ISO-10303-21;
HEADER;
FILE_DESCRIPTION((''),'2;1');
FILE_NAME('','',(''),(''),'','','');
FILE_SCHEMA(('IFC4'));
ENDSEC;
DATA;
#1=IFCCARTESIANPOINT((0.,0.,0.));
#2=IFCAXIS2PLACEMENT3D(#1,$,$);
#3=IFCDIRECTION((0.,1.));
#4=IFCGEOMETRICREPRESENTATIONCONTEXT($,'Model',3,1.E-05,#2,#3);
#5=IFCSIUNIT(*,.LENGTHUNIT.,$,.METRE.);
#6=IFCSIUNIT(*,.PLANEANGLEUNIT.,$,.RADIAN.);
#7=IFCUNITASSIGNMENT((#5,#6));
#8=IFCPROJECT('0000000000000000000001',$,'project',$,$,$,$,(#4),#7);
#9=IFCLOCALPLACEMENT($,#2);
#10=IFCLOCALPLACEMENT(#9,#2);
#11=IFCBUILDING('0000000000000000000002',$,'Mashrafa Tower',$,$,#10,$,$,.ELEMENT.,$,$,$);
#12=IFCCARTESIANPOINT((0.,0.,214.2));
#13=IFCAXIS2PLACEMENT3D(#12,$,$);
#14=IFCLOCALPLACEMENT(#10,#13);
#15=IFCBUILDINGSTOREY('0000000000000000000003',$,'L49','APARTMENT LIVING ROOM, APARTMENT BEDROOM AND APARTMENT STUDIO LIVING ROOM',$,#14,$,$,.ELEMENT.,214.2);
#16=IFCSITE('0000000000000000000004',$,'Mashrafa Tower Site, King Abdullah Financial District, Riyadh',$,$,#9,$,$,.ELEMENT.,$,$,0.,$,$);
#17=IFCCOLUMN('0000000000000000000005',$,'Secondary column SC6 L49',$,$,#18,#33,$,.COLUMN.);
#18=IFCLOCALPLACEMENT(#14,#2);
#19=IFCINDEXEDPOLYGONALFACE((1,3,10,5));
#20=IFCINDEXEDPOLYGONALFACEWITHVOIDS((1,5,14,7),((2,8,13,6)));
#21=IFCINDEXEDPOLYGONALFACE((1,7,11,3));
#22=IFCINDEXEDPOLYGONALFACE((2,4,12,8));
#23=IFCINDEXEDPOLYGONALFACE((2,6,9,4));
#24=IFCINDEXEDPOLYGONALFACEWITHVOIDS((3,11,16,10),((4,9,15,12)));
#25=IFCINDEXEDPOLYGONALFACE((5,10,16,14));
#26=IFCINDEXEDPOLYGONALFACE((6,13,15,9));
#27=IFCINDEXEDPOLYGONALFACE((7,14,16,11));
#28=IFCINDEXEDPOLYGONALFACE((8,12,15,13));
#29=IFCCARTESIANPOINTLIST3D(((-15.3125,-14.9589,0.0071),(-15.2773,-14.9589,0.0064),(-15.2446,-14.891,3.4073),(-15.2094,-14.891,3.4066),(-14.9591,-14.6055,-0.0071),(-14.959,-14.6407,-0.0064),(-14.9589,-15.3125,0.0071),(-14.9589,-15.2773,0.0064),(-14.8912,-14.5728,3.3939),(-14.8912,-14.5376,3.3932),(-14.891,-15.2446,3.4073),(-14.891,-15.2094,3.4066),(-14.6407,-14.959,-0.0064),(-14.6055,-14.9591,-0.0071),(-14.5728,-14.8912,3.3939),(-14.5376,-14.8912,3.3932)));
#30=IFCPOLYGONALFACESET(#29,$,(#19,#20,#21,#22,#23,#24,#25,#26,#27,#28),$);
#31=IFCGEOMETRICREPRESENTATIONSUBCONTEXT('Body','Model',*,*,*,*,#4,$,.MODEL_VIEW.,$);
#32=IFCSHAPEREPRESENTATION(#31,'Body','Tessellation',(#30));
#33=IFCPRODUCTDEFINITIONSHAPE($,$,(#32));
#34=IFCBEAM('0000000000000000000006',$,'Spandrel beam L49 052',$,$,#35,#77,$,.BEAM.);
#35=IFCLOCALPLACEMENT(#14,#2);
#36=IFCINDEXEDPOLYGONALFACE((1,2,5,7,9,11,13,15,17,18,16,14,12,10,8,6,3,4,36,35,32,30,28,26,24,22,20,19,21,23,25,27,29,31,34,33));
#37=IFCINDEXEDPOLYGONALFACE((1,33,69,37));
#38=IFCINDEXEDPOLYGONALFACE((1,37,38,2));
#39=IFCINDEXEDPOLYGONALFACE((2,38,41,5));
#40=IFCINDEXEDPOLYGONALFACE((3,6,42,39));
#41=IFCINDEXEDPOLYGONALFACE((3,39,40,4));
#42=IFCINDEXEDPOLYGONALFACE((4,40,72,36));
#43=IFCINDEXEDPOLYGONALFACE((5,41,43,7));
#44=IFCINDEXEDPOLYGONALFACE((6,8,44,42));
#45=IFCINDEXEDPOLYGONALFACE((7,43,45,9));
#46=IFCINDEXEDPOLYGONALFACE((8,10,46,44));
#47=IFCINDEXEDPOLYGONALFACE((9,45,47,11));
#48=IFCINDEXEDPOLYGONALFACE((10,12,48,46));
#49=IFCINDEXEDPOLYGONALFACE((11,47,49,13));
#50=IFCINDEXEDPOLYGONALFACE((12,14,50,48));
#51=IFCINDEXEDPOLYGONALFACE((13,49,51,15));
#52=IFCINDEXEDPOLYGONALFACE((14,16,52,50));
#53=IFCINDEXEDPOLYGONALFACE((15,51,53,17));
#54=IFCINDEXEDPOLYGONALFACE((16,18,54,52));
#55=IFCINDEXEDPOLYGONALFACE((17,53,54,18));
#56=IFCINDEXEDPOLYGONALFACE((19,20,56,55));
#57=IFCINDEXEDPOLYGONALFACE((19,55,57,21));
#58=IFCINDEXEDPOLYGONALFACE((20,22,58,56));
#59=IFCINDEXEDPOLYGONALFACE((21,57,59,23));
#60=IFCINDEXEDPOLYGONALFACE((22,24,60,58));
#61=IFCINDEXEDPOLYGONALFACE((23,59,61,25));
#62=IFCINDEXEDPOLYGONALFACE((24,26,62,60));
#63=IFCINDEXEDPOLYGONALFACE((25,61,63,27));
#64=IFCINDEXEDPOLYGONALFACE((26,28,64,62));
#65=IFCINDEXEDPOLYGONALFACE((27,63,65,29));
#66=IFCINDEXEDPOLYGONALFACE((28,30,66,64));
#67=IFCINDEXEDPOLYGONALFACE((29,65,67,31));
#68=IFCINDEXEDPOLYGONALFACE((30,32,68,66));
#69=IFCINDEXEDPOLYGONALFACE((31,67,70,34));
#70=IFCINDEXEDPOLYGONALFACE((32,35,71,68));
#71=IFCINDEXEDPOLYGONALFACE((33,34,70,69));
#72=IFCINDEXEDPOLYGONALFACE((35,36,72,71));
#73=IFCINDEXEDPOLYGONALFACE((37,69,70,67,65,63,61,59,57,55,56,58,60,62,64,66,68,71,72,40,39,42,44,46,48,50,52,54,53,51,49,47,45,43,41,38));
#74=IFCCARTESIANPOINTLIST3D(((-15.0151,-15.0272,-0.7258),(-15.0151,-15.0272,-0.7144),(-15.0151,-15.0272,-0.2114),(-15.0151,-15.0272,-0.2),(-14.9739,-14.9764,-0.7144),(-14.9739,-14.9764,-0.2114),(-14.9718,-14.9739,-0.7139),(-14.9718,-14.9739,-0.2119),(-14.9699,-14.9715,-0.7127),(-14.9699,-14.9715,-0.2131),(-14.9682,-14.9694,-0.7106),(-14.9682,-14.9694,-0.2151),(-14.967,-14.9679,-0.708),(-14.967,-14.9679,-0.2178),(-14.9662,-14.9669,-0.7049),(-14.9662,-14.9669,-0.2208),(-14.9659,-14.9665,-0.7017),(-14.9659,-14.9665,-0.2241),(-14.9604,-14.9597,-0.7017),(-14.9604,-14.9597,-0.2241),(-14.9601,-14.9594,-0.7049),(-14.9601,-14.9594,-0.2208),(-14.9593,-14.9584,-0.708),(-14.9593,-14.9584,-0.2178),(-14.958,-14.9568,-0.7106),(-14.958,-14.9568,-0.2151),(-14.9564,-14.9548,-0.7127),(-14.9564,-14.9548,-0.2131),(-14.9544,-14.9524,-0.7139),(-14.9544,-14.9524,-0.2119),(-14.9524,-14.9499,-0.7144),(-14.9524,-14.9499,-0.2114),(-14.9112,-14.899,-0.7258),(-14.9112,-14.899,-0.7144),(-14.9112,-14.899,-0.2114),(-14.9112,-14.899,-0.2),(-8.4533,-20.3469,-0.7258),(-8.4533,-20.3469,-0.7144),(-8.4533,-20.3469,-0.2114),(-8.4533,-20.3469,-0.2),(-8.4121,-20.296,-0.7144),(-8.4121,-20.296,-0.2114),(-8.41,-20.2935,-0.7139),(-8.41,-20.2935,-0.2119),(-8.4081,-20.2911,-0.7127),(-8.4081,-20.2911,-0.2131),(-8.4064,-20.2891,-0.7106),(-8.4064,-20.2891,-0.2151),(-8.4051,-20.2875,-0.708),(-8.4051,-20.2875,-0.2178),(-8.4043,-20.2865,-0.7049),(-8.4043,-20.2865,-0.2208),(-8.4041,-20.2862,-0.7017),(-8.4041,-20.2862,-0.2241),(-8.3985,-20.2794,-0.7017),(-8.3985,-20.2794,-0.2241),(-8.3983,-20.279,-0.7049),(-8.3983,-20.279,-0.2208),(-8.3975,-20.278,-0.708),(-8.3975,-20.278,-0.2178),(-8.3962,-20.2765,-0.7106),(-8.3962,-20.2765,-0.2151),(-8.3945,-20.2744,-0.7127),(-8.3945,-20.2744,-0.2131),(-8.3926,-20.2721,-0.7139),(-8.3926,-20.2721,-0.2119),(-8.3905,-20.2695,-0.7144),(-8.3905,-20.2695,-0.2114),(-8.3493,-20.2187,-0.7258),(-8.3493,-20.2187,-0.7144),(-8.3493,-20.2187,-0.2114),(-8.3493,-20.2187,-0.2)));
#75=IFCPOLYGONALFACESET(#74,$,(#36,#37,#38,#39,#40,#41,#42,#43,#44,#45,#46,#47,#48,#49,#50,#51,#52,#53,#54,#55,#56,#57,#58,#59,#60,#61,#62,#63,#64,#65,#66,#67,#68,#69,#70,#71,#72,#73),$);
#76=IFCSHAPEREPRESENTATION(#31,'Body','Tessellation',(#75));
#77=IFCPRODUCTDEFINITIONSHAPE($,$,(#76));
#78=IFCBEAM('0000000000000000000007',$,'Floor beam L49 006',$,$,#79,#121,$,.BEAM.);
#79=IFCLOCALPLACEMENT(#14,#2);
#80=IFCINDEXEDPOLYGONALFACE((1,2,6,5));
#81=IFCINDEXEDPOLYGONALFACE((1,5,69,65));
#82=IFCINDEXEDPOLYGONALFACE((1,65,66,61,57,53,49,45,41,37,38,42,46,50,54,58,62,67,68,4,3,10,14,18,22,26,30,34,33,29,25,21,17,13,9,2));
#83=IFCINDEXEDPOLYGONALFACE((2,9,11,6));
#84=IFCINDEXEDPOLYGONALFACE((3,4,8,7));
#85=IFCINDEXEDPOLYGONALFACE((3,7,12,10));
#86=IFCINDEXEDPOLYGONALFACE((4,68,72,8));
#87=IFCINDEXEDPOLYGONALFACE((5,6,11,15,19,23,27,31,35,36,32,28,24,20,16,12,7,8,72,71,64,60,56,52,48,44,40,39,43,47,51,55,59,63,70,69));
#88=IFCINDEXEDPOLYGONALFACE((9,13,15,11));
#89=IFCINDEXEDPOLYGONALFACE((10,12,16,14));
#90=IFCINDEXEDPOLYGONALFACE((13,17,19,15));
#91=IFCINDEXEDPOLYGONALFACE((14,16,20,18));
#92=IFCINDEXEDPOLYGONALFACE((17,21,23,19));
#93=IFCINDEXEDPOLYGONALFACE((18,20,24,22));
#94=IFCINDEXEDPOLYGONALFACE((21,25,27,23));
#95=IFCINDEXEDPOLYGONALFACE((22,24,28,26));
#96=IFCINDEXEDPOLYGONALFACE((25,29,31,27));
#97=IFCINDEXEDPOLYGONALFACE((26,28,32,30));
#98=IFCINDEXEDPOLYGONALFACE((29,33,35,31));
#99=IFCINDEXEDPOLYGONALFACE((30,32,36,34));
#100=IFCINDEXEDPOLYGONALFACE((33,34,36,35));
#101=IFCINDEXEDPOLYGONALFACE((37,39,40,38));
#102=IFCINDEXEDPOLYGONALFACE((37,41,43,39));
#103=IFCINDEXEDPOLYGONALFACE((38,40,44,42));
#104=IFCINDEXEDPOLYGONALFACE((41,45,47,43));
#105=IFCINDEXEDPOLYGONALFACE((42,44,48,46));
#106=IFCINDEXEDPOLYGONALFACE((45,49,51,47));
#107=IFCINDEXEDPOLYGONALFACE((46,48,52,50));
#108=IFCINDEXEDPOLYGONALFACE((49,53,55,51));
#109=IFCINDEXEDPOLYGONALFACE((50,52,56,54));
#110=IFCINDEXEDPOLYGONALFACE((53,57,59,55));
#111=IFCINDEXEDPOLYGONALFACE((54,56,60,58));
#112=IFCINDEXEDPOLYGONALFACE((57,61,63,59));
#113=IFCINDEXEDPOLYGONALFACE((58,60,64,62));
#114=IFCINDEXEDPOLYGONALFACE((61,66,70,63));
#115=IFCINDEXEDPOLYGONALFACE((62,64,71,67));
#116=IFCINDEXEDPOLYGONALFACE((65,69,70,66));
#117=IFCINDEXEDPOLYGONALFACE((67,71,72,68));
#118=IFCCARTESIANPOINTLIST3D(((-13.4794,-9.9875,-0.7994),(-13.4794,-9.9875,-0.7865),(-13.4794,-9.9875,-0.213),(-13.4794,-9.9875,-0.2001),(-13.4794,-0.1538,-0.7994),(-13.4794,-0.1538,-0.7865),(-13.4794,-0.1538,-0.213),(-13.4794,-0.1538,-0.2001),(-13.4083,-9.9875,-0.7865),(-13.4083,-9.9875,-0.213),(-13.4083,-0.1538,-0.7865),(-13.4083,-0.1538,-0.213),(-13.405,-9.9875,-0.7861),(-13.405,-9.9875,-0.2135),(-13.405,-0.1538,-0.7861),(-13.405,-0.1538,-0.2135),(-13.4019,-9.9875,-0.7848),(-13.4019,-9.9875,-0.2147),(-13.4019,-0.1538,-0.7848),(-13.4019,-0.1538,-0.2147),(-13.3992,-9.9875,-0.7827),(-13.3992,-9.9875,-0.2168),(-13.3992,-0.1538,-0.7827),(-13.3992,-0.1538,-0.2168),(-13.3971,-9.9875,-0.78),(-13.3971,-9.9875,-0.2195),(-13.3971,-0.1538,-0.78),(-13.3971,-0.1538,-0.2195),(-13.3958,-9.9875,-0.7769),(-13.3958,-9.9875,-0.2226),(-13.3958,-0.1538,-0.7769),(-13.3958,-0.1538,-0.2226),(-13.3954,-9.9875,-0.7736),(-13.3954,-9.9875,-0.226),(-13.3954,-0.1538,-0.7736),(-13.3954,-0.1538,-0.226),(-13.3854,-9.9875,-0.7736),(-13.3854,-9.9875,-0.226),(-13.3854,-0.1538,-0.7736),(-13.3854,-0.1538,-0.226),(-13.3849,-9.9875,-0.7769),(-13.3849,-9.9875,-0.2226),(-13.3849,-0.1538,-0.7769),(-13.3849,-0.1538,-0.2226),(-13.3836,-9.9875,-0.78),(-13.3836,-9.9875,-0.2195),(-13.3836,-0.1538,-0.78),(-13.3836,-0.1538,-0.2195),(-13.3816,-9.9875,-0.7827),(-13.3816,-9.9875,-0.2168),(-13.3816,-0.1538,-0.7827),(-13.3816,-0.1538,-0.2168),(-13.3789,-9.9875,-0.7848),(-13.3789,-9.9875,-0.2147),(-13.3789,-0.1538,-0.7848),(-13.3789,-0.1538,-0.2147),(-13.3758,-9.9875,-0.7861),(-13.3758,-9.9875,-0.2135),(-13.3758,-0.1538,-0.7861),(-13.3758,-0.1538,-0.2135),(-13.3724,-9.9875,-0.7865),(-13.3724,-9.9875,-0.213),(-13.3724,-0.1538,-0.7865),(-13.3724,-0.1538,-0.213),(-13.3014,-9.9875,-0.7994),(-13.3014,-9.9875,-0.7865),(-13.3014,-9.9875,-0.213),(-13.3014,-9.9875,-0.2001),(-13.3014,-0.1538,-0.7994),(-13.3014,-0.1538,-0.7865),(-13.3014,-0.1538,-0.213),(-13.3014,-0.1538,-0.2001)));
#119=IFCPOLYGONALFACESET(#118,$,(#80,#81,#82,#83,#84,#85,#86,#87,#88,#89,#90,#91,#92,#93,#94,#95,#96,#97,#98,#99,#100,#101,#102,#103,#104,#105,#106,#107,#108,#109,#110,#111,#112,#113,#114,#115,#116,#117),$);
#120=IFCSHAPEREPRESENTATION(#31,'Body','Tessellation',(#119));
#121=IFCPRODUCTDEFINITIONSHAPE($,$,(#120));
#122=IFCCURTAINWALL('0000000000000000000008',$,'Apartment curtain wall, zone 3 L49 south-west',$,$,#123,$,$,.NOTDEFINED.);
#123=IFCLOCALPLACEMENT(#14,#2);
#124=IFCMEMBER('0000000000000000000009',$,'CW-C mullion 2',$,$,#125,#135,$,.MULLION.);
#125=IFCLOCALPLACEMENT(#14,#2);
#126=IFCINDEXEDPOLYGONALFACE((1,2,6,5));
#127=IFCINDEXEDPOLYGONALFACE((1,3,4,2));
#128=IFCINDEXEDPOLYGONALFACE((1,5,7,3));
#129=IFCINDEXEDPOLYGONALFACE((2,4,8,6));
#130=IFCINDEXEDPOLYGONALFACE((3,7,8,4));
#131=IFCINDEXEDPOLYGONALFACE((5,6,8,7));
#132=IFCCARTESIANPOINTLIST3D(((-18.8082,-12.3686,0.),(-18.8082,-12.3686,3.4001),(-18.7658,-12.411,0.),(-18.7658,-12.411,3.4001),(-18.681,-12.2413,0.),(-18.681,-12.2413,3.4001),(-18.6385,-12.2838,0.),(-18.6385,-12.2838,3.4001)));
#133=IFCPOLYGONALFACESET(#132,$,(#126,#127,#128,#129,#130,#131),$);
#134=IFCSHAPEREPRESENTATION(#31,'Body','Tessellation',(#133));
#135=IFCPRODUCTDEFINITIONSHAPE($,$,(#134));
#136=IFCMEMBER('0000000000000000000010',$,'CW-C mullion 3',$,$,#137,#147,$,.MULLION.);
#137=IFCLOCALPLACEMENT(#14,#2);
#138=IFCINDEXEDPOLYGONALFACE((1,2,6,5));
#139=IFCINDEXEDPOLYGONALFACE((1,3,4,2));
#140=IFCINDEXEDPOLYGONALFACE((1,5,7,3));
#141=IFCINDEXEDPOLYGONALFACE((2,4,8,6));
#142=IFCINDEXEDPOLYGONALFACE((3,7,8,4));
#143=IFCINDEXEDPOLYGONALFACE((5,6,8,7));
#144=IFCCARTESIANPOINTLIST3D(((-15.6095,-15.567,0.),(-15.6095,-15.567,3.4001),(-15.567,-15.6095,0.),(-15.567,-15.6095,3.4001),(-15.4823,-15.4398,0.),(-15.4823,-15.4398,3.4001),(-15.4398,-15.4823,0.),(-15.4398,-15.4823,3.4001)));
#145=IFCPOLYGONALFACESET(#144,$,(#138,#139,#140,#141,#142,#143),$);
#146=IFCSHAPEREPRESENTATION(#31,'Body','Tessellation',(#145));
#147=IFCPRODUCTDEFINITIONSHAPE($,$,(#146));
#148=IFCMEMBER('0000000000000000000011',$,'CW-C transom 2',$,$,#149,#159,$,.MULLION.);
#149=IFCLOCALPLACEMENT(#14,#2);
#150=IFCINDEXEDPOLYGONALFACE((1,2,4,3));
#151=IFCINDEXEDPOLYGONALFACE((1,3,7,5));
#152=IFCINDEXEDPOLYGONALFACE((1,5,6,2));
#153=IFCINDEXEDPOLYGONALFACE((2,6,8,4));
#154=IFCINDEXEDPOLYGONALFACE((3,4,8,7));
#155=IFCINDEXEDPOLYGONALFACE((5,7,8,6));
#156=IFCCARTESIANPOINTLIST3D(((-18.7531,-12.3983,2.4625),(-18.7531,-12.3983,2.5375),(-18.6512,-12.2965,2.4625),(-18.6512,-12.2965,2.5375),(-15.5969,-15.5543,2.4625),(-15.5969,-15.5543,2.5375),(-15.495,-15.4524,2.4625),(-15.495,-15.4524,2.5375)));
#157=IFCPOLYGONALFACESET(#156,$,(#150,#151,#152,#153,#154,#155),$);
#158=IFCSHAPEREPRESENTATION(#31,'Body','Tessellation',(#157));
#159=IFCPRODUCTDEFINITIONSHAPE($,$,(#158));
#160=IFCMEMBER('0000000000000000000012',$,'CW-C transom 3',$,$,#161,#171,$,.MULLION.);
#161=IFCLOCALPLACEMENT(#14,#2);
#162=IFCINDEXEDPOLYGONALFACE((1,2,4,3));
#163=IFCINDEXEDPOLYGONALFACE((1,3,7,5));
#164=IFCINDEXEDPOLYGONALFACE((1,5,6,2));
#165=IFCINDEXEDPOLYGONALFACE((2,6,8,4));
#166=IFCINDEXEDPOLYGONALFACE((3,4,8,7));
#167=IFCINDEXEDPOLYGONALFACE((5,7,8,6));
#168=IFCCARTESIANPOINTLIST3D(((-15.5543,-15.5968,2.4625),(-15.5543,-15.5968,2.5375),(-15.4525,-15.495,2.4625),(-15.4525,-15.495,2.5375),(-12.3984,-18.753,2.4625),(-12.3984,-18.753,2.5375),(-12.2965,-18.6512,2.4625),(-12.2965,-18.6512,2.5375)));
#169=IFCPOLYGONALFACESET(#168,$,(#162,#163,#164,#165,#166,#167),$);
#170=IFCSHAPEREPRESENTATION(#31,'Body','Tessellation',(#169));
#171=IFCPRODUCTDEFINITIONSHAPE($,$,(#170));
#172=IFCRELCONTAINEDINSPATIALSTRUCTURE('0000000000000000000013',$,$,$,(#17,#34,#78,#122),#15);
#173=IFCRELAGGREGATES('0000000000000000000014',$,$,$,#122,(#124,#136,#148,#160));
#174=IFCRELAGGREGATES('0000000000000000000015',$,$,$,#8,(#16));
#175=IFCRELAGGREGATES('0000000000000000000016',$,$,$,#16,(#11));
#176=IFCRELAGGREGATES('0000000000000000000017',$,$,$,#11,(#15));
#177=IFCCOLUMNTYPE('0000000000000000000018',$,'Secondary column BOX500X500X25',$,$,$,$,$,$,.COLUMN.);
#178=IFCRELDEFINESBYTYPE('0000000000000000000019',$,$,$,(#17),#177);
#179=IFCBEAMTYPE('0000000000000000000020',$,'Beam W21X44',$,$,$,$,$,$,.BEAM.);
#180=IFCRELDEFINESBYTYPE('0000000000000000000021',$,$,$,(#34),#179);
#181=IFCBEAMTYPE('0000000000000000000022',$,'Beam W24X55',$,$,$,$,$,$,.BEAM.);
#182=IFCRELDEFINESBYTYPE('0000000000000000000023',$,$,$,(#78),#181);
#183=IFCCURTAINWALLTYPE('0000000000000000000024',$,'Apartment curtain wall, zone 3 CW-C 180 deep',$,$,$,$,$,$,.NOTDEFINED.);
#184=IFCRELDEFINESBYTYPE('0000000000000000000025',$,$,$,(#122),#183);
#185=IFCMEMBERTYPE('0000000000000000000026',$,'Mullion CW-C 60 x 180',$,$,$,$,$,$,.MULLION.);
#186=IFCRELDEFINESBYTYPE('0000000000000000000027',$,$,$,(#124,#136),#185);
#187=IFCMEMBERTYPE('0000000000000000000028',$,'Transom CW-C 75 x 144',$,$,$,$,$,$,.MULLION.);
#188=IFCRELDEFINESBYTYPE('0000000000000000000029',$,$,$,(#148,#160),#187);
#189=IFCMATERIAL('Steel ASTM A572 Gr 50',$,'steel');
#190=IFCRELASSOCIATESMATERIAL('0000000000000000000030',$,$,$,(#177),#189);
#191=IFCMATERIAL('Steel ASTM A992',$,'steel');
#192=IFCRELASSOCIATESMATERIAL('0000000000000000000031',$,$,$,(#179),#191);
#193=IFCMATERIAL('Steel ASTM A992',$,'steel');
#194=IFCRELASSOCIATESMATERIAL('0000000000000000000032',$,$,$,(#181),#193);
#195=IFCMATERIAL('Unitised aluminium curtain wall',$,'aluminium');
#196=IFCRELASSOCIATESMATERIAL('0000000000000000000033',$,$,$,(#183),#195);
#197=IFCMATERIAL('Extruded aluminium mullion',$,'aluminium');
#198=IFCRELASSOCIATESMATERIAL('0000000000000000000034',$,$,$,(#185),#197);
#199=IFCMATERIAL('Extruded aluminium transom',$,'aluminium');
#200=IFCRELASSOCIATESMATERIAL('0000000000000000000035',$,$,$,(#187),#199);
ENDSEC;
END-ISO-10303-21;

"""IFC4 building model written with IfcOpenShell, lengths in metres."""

from ifc_helpers import new_model, si_unit, direction, frame, origin, origin_2d, place, context, subcontext, project, spatial, rectangle, hollow_rectangle, i_section, extrude, source, transform, mapped, material, material_profile, profile_set, type_object, type_shapes, element, aggregate, save


model = new_model("IFC4")

# Units and contexts
model_context = context("Model", 3, precision=1e-05, world=origin(), true_north=direction((0.0, 1.0)))
body_context = subcontext(model_context, "Body", "Model", "MODEL_VIEW")
ifc_project = project(units=[si_unit("LENGTHUNIT", "METRE"), si_unit("PLANEANGLEUNIT", "RADIAN")], contexts=[model_context])

# Site, building, storey
site_placement = place(None, origin())
site = spatial("IfcSite", under=ifc_project, at=site_placement, Name="Mashrafa Tower Site, King Abdullah Financial District, Riyadh", CompositionType="ELEMENT", RefElevation=0.0)
building_placement = place(site_placement, origin())
building = spatial("IfcBuilding", under=site, at=building_placement, Name="Mashrafa Tower", CompositionType="ELEMENT")
storey_placement = place(building_placement, frame((0.0, 0.0, 214.2)))
storey = spatial("IfcBuildingStorey", under=building, at=storey_placement, Name="L49", Description="APARTMENT LIVING ROOM, APARTMENT BEDROOM AND APARTMENT STUDIO LIVING ROOM", CompositionType="ELEMENT", Elevation=214.2)

# Column
ifc_material_1 = material(Name="Steel ASTM A572 Gr 50", Category="steel")
ifc_material_profile_1 = material_profile(ifc_material_1, hollow_rectangle(XDim=0.5, YDim=0.5, WallThickness=0.0249, at=origin_2d()), Name="BOX500X500X25")
ifc_profile_set_1 = profile_set([ifc_material_profile_1], Name="Steel ASTM A572 Gr 50")
column_type = type_object("IfcColumnType", Name="Secondary column BOX500X500X25", PredefinedType="COLUMN", material=ifc_profile_set_1)
column_placement = place(storey_placement, frame((-14.959, -14.959, 0.0), z_axis=(0.019953, 0.019953, 0.999602), x_axis=(-0.707107, 0.707107, 0.0)))
element("IfcColumn", 1, at=column_placement, inside=storey, type_object=column_type, Name="Secondary column SC6 L49", PredefinedType="COLUMN", context=body_context, shape_type="SweptSolid", body=[
    extrude(hollow_rectangle(XDim=0.5, YDim=0.5, WallThickness=0.0249, at=origin_2d()), origin(), (0.0, 0.0, 1.0), 3.4016),
])

# Beams
ifc_material_2 = material(Name="Steel ASTM A992", Category="steel")
ifc_material_profile_2 = material_profile(ifc_material_2, i_section(OverallWidth=0.165, OverallDepth=0.5259, WebThickness=0.0088, FlangeThickness=0.0115, FilletRadius=0.0127, at=origin_2d()), Name="W21X44")
ifc_profile_set_2 = profile_set([ifc_material_profile_2], Name="Steel ASTM A992")
beam_type_1 = type_object("IfcBeamType", Name="Beam W21X44", PredefinedType="BEAM", material=ifc_profile_set_2)
beam_1_placement = place(storey_placement, frame((-14.9631, -14.9631, -0.4629), z_axis=(0.7768, -0.629747, 0.0), x_axis=(0.629747, 0.7768, 0.0)))
element("IfcBeam", 2, at=beam_1_placement, inside=storey, type_object=beam_type_1, Name="Spandrel beam L49 052", PredefinedType="BEAM", context=body_context, shape_type="SweptSolid", body=[
    extrude(i_section(OverallWidth=0.165, OverallDepth=0.5259, WebThickness=0.0088, FlangeThickness=0.0115, FilletRadius=0.0127, at=origin_2d()), origin(), (0.0, 0.0, 1.0), 8.4473),
])
ifc_material_3 = material(Name="Steel ASTM A992", Category="steel")
ifc_material_profile_3 = material_profile(ifc_material_3, i_section(OverallWidth=0.178, OverallDepth=0.5994, WebThickness=0.01, FlangeThickness=0.0129, FilletRadius=0.0129, at=origin_2d()), Name="W24X55")
ifc_profile_set_3 = profile_set([ifc_material_profile_3], Name="Steel ASTM A992")
beam_type_2 = type_object("IfcBeamType", Name="Beam W24X55", PredefinedType="BEAM", material=ifc_profile_set_3)
beam_2_placement = place(storey_placement, frame((-13.3904, -9.9875, -0.4998), z_axis=(0.0, 1.0, 0.0), x_axis=(-1.0, 0.0, 0.0)))
element("IfcBeam", 3, at=beam_2_placement, inside=storey, type_object=beam_type_2, Name="Floor beam L49 006", PredefinedType="BEAM", context=body_context, shape_type="SweptSolid", body=[
    extrude(i_section(OverallWidth=0.178, OverallDepth=0.5994, WebThickness=0.01, FlangeThickness=0.0129, FilletRadius=0.0129, at=origin_2d()), origin(), (0.0, 0.0, 1.0), 9.8337),
])

# Curtain wall, members
ifc_material_4 = material(Name="Unitised aluminium curtain wall", Category="aluminium")
curtain_wall_type = type_object("IfcCurtainWallType", Name="Apartment curtain wall, zone 3 CW-C 180 deep", PredefinedType="NOTDEFINED", material=ifc_material_4)
curtain_wall_placement = place(storey_placement, origin())
curtain_wall = element("IfcCurtainWall", 4, at=curtain_wall_placement, inside=storey, type_object=curtain_wall_type, Name="Apartment curtain wall, zone 3 L49 south-west", PredefinedType="NOTDEFINED")
ifc_material_5 = material(Name="Extruded aluminium mullion", Category="aluminium")
ifc_material_profile_4 = material_profile(ifc_material_5, rectangle(XDim=0.1799, YDim=0.0601, at=origin_2d()), Name="Mullion 60x180")
ifc_profile_set_4 = profile_set([ifc_material_profile_4], Name="Extruded aluminium mullion")
member_type_1 = type_object("IfcMemberType", Name="Mullion CW-C 60 x 180", PredefinedType="MULLION", material=ifc_profile_set_4)
shared_shape_1 = source(origin(), body_context, "Body", "SweptSolid", [
    extrude(rectangle(XDim=0.1799, YDim=0.0601, at=origin_2d()), origin(), (0.0, 0.0, 1.0), 3.4001),
])
type_shapes(member_type_1, [shared_shape_1])
member_1_placement = place(storey_placement, frame((-18.7234, -12.3262, 0.0), z_axis=(0.0, 0.0, 1.0), x_axis=(0.707107, 0.707107, 0.0)))
member_1 = element("IfcMember", 5, at=member_1_placement, type_object=member_type_1, Name="CW-C mullion 2", PredefinedType="MULLION", context=body_context, shape_type="MappedRepresentation", body=[
    mapped(shared_shape_1, transform((0.0, 0.0, 0.0))),
])
member_2_placement = place(storey_placement, frame((-15.5247, -15.5247, 0.0), z_axis=(0.0, 0.0, 1.0), x_axis=(0.707107, 0.707107, 0.0)))
member_2 = element("IfcMember", 6, at=member_2_placement, type_object=member_type_1, Name="CW-C mullion 3", PredefinedType="MULLION", context=body_context, shape_type="MappedRepresentation", body=[
    mapped(shared_shape_1, transform((0.0, 0.0, 0.0))),
])
ifc_material_6 = material(Name="Extruded aluminium transom", Category="aluminium")
ifc_material_profile_5 = material_profile(ifc_material_6, rectangle(XDim=0.144, YDim=0.075, at=origin_2d()), Name="Transom 75x144")
ifc_profile_set_5 = profile_set([ifc_material_profile_5], Name="Extruded aluminium transom")
member_type_2 = type_object("IfcMemberType", Name="Transom CW-C 75 x 144", PredefinedType="MULLION", material=ifc_profile_set_5)
shared_shape_2 = source(origin(), body_context, "Body", "SweptSolid", [
    extrude(rectangle(XDim=0.144, YDim=0.075, at=origin_2d()), origin(), (0.0, 0.0, 1.0), 4.4634),
])
type_shapes(member_type_2, [shared_shape_2])
member_3_placement = place(storey_placement, frame((-18.7021, -12.3474, 2.5), z_axis=(0.707134, -0.707079, 0.0), x_axis=(0.707079, 0.707134, 0.0)))
member_3 = element("IfcMember", 7, at=member_3_placement, type_object=member_type_2, Name="CW-C transom 2", PredefinedType="MULLION", context=body_context, shape_type="MappedRepresentation", body=[
    mapped(shared_shape_2, transform((0.0, 0.0, 0.0))),
])
member_4_placement = place(storey_placement, frame((-15.5034, -15.5459, 2.5), z_axis=(0.707079, -0.707134, 0.0), x_axis=(0.707134, 0.707079, 0.0)))
member_4 = element("IfcMember", 8, at=member_4_placement, type_object=member_type_2, Name="CW-C transom 3", PredefinedType="MULLION", context=body_context, shape_type="MappedRepresentation", body=[
    mapped(shared_shape_2, transform((0.0, 0.0, 0.0))),
])
aggregate(curtain_wall, [member_1, member_2, member_3, member_4])

save(model, "model.ifc")
